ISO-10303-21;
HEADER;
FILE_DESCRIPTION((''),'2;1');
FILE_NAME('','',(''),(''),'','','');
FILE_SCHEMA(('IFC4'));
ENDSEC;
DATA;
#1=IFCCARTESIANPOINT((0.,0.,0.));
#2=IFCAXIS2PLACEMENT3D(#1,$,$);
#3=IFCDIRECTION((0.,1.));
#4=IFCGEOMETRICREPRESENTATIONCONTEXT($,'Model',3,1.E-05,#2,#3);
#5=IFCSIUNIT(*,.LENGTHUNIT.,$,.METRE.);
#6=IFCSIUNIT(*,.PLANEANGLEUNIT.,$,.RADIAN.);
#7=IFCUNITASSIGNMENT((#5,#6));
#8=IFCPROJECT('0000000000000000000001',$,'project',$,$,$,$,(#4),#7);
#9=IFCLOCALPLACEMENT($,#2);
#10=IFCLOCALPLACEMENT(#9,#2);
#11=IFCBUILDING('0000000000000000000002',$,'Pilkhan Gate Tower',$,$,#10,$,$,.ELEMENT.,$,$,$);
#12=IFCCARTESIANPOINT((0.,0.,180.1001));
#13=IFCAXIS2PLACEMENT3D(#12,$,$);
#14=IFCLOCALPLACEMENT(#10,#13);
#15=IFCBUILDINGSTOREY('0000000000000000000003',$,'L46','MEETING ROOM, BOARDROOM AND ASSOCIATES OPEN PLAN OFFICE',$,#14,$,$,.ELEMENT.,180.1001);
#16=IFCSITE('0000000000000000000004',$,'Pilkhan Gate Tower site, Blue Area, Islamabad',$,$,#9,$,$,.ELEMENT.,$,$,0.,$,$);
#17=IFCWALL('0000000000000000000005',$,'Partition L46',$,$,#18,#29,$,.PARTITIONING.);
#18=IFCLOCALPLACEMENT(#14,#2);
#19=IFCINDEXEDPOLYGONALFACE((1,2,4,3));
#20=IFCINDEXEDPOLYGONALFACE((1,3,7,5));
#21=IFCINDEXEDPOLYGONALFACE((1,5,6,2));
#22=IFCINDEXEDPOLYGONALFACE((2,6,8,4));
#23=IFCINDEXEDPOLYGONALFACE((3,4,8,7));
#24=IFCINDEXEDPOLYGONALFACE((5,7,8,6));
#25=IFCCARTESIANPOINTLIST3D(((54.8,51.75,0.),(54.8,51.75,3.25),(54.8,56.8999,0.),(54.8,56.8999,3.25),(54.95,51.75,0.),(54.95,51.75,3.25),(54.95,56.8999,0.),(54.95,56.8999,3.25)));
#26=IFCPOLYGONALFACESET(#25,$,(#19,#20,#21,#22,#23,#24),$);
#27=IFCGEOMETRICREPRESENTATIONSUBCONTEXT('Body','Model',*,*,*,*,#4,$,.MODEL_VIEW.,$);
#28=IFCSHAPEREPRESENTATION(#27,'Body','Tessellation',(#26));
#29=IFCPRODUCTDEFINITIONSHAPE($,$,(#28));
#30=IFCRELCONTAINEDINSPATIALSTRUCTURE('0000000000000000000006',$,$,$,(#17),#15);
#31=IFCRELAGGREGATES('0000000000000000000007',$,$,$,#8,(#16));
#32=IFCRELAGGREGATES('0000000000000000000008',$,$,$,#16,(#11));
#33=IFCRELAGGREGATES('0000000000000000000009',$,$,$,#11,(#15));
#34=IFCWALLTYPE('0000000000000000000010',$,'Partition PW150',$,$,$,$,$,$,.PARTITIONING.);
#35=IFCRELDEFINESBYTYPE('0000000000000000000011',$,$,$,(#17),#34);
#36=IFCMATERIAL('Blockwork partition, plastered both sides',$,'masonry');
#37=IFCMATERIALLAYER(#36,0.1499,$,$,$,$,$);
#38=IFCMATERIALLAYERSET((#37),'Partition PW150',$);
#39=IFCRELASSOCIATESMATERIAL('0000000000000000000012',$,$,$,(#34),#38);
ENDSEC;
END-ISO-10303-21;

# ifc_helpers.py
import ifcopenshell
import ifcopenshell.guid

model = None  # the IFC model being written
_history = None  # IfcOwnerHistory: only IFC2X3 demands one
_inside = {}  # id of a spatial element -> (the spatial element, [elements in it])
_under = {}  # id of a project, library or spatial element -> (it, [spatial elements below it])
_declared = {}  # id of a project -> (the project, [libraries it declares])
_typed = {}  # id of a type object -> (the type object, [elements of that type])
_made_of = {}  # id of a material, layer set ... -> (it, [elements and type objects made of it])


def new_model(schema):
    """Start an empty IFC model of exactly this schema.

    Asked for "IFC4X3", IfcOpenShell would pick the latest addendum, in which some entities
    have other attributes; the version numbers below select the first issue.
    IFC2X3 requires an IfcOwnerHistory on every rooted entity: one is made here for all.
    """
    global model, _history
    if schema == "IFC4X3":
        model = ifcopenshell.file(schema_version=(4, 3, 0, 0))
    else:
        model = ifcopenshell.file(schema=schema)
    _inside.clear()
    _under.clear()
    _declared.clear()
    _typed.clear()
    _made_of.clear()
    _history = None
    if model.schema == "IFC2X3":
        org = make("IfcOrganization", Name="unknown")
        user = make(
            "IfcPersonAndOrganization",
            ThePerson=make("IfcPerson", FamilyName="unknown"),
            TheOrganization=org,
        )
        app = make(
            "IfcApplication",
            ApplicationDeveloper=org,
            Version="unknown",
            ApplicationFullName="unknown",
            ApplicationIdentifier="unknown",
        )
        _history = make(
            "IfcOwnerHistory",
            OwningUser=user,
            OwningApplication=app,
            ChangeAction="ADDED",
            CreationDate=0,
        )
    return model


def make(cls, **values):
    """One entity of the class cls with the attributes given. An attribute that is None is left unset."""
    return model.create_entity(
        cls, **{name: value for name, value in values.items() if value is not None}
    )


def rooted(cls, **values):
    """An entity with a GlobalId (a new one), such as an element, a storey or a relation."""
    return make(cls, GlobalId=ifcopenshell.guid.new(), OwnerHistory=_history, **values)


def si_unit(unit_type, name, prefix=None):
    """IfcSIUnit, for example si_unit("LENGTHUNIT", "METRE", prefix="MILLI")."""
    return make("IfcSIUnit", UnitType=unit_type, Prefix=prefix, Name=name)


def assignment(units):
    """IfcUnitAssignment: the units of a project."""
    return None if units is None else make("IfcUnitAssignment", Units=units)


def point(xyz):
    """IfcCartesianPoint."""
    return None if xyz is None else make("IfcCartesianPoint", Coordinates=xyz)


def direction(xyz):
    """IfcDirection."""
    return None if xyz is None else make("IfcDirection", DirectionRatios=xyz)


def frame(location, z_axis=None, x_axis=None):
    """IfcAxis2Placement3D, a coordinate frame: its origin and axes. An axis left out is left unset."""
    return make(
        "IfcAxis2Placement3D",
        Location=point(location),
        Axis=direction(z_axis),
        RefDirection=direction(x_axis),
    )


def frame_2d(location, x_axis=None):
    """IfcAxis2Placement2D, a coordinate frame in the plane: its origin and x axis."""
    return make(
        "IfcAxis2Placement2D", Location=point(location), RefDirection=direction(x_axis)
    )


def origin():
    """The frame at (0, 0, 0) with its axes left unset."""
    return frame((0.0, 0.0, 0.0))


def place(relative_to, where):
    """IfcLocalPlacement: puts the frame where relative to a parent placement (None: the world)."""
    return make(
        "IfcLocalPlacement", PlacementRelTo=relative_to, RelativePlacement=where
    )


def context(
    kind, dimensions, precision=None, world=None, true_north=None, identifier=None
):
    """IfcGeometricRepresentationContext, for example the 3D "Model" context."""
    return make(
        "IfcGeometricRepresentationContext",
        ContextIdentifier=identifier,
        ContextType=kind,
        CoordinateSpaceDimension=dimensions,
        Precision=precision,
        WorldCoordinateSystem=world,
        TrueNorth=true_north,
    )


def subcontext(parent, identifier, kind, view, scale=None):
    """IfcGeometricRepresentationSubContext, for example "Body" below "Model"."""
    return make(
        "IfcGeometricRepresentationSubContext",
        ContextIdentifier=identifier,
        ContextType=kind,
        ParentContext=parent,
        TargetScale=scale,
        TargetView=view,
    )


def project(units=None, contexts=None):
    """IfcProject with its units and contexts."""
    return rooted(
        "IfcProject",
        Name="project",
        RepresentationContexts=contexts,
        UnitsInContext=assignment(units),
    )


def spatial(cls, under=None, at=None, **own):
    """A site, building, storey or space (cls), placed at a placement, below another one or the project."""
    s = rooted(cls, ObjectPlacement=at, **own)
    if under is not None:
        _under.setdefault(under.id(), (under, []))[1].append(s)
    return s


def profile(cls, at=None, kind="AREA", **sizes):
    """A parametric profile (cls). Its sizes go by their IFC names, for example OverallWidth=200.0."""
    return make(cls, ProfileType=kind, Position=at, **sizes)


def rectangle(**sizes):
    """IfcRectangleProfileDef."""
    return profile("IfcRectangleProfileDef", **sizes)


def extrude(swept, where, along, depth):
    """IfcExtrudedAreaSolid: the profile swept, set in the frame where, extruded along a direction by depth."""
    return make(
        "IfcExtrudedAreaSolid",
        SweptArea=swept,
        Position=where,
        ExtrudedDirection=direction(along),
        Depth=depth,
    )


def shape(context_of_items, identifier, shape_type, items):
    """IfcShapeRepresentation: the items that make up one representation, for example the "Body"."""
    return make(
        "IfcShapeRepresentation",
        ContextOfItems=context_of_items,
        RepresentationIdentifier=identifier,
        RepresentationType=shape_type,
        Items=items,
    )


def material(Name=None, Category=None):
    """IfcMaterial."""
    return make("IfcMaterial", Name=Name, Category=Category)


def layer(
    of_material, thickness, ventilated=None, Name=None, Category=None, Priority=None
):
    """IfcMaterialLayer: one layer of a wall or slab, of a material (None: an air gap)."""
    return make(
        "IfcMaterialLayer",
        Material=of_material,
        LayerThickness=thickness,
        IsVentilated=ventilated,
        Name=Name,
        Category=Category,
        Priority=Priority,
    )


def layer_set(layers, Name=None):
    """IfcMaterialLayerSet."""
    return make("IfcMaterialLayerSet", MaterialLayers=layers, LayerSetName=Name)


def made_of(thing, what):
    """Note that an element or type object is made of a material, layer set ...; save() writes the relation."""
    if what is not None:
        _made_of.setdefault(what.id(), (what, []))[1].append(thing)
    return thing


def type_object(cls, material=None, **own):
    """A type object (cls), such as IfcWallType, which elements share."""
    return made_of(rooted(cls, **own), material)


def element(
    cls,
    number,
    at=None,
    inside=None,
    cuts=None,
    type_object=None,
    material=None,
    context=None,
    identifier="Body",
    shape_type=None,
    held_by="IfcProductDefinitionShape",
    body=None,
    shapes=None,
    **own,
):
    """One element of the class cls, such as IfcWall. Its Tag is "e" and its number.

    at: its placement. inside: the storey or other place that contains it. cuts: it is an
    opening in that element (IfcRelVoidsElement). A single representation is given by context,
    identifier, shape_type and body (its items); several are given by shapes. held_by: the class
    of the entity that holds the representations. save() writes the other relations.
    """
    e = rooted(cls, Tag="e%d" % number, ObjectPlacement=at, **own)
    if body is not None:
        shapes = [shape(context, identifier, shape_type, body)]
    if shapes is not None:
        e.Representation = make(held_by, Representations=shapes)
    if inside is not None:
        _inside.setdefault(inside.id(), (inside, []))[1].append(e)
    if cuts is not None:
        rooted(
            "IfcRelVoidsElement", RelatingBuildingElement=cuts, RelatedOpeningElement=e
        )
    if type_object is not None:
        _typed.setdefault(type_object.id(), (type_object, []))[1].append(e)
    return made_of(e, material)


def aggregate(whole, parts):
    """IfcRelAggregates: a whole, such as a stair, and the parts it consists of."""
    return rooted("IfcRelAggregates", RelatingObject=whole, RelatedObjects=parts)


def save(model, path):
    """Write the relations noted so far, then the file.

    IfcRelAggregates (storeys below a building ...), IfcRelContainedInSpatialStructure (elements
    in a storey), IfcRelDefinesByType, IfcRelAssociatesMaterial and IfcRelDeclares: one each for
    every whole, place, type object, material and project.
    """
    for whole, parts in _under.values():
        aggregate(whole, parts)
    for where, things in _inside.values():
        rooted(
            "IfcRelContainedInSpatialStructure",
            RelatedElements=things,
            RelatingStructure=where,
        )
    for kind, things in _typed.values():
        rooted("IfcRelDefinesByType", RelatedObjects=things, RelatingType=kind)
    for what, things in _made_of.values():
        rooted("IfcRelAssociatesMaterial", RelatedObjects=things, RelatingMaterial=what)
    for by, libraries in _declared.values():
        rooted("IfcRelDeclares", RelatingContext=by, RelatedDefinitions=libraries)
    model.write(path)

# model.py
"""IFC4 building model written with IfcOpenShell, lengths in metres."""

from ifc_helpers import new_model, si_unit, direction, frame, frame_2d, origin, place, context, subcontext, project, spatial, rectangle, extrude, material, layer, layer_set, type_object, element, save


model = new_model("IFC4")

# Units and contexts
model_context = context("Model", 3, precision=1e-05, world=origin(), true_north=direction((0.0, 1.0)))
body_context = subcontext(model_context, "Body", "Model", "MODEL_VIEW")
ifc_project = project(units=[si_unit("LENGTHUNIT", "METRE"), si_unit("PLANEANGLEUNIT", "RADIAN")], contexts=[model_context])

# Site, building, storey
site_placement = place(None, origin())
site = spatial("IfcSite", under=ifc_project, at=site_placement, Name="Pilkhan Gate Tower site, Blue Area, Islamabad", CompositionType="ELEMENT", RefElevation=0.0)
building_placement = place(site_placement, origin())
building = spatial("IfcBuilding", under=site, at=building_placement, Name="Pilkhan Gate Tower", CompositionType="ELEMENT")
storey_placement = place(building_placement, frame((0.0, 0.0, 180.1001)))
storey = spatial("IfcBuildingStorey", under=building, at=storey_placement, Name="L46", Description="MEETING ROOM, BOARDROOM AND ASSOCIATES OPEN PLAN OFFICE", CompositionType="ELEMENT", Elevation=180.1001)

# Shared definitions
ifc_material_1 = material(Name="Blockwork partition, plastered both sides", Category="masonry")
ifc_layer_1 = layer(ifc_material_1, 0.1499)
ifc_layer_set_1 = layer_set([ifc_layer_1], Name="Partition PW150")
wall_type = type_object("IfcWallType", Name="Partition PW150", PredefinedType="PARTITIONING", material=ifc_layer_set_1)

# Wall
wall_1_placement = place(storey_placement, frame((54.875, 51.75, 0.0), z_axis=(0.0, 0.0, 1.0), x_axis=(0.0, 1.0, 0.0)))
element("IfcWall", 1, at=wall_1_placement, inside=storey, type_object=wall_type, Name="Partition L46", PredefinedType="PARTITIONING", context=body_context, shape_type="SweptSolid", body=[
    extrude(rectangle(XDim=5.1499, YDim=0.1499, at=frame_2d((2.575, 0.0))), origin(), (0.0, 0.0, 1.0), 3.25),
])

save(model, "model.ifc")
